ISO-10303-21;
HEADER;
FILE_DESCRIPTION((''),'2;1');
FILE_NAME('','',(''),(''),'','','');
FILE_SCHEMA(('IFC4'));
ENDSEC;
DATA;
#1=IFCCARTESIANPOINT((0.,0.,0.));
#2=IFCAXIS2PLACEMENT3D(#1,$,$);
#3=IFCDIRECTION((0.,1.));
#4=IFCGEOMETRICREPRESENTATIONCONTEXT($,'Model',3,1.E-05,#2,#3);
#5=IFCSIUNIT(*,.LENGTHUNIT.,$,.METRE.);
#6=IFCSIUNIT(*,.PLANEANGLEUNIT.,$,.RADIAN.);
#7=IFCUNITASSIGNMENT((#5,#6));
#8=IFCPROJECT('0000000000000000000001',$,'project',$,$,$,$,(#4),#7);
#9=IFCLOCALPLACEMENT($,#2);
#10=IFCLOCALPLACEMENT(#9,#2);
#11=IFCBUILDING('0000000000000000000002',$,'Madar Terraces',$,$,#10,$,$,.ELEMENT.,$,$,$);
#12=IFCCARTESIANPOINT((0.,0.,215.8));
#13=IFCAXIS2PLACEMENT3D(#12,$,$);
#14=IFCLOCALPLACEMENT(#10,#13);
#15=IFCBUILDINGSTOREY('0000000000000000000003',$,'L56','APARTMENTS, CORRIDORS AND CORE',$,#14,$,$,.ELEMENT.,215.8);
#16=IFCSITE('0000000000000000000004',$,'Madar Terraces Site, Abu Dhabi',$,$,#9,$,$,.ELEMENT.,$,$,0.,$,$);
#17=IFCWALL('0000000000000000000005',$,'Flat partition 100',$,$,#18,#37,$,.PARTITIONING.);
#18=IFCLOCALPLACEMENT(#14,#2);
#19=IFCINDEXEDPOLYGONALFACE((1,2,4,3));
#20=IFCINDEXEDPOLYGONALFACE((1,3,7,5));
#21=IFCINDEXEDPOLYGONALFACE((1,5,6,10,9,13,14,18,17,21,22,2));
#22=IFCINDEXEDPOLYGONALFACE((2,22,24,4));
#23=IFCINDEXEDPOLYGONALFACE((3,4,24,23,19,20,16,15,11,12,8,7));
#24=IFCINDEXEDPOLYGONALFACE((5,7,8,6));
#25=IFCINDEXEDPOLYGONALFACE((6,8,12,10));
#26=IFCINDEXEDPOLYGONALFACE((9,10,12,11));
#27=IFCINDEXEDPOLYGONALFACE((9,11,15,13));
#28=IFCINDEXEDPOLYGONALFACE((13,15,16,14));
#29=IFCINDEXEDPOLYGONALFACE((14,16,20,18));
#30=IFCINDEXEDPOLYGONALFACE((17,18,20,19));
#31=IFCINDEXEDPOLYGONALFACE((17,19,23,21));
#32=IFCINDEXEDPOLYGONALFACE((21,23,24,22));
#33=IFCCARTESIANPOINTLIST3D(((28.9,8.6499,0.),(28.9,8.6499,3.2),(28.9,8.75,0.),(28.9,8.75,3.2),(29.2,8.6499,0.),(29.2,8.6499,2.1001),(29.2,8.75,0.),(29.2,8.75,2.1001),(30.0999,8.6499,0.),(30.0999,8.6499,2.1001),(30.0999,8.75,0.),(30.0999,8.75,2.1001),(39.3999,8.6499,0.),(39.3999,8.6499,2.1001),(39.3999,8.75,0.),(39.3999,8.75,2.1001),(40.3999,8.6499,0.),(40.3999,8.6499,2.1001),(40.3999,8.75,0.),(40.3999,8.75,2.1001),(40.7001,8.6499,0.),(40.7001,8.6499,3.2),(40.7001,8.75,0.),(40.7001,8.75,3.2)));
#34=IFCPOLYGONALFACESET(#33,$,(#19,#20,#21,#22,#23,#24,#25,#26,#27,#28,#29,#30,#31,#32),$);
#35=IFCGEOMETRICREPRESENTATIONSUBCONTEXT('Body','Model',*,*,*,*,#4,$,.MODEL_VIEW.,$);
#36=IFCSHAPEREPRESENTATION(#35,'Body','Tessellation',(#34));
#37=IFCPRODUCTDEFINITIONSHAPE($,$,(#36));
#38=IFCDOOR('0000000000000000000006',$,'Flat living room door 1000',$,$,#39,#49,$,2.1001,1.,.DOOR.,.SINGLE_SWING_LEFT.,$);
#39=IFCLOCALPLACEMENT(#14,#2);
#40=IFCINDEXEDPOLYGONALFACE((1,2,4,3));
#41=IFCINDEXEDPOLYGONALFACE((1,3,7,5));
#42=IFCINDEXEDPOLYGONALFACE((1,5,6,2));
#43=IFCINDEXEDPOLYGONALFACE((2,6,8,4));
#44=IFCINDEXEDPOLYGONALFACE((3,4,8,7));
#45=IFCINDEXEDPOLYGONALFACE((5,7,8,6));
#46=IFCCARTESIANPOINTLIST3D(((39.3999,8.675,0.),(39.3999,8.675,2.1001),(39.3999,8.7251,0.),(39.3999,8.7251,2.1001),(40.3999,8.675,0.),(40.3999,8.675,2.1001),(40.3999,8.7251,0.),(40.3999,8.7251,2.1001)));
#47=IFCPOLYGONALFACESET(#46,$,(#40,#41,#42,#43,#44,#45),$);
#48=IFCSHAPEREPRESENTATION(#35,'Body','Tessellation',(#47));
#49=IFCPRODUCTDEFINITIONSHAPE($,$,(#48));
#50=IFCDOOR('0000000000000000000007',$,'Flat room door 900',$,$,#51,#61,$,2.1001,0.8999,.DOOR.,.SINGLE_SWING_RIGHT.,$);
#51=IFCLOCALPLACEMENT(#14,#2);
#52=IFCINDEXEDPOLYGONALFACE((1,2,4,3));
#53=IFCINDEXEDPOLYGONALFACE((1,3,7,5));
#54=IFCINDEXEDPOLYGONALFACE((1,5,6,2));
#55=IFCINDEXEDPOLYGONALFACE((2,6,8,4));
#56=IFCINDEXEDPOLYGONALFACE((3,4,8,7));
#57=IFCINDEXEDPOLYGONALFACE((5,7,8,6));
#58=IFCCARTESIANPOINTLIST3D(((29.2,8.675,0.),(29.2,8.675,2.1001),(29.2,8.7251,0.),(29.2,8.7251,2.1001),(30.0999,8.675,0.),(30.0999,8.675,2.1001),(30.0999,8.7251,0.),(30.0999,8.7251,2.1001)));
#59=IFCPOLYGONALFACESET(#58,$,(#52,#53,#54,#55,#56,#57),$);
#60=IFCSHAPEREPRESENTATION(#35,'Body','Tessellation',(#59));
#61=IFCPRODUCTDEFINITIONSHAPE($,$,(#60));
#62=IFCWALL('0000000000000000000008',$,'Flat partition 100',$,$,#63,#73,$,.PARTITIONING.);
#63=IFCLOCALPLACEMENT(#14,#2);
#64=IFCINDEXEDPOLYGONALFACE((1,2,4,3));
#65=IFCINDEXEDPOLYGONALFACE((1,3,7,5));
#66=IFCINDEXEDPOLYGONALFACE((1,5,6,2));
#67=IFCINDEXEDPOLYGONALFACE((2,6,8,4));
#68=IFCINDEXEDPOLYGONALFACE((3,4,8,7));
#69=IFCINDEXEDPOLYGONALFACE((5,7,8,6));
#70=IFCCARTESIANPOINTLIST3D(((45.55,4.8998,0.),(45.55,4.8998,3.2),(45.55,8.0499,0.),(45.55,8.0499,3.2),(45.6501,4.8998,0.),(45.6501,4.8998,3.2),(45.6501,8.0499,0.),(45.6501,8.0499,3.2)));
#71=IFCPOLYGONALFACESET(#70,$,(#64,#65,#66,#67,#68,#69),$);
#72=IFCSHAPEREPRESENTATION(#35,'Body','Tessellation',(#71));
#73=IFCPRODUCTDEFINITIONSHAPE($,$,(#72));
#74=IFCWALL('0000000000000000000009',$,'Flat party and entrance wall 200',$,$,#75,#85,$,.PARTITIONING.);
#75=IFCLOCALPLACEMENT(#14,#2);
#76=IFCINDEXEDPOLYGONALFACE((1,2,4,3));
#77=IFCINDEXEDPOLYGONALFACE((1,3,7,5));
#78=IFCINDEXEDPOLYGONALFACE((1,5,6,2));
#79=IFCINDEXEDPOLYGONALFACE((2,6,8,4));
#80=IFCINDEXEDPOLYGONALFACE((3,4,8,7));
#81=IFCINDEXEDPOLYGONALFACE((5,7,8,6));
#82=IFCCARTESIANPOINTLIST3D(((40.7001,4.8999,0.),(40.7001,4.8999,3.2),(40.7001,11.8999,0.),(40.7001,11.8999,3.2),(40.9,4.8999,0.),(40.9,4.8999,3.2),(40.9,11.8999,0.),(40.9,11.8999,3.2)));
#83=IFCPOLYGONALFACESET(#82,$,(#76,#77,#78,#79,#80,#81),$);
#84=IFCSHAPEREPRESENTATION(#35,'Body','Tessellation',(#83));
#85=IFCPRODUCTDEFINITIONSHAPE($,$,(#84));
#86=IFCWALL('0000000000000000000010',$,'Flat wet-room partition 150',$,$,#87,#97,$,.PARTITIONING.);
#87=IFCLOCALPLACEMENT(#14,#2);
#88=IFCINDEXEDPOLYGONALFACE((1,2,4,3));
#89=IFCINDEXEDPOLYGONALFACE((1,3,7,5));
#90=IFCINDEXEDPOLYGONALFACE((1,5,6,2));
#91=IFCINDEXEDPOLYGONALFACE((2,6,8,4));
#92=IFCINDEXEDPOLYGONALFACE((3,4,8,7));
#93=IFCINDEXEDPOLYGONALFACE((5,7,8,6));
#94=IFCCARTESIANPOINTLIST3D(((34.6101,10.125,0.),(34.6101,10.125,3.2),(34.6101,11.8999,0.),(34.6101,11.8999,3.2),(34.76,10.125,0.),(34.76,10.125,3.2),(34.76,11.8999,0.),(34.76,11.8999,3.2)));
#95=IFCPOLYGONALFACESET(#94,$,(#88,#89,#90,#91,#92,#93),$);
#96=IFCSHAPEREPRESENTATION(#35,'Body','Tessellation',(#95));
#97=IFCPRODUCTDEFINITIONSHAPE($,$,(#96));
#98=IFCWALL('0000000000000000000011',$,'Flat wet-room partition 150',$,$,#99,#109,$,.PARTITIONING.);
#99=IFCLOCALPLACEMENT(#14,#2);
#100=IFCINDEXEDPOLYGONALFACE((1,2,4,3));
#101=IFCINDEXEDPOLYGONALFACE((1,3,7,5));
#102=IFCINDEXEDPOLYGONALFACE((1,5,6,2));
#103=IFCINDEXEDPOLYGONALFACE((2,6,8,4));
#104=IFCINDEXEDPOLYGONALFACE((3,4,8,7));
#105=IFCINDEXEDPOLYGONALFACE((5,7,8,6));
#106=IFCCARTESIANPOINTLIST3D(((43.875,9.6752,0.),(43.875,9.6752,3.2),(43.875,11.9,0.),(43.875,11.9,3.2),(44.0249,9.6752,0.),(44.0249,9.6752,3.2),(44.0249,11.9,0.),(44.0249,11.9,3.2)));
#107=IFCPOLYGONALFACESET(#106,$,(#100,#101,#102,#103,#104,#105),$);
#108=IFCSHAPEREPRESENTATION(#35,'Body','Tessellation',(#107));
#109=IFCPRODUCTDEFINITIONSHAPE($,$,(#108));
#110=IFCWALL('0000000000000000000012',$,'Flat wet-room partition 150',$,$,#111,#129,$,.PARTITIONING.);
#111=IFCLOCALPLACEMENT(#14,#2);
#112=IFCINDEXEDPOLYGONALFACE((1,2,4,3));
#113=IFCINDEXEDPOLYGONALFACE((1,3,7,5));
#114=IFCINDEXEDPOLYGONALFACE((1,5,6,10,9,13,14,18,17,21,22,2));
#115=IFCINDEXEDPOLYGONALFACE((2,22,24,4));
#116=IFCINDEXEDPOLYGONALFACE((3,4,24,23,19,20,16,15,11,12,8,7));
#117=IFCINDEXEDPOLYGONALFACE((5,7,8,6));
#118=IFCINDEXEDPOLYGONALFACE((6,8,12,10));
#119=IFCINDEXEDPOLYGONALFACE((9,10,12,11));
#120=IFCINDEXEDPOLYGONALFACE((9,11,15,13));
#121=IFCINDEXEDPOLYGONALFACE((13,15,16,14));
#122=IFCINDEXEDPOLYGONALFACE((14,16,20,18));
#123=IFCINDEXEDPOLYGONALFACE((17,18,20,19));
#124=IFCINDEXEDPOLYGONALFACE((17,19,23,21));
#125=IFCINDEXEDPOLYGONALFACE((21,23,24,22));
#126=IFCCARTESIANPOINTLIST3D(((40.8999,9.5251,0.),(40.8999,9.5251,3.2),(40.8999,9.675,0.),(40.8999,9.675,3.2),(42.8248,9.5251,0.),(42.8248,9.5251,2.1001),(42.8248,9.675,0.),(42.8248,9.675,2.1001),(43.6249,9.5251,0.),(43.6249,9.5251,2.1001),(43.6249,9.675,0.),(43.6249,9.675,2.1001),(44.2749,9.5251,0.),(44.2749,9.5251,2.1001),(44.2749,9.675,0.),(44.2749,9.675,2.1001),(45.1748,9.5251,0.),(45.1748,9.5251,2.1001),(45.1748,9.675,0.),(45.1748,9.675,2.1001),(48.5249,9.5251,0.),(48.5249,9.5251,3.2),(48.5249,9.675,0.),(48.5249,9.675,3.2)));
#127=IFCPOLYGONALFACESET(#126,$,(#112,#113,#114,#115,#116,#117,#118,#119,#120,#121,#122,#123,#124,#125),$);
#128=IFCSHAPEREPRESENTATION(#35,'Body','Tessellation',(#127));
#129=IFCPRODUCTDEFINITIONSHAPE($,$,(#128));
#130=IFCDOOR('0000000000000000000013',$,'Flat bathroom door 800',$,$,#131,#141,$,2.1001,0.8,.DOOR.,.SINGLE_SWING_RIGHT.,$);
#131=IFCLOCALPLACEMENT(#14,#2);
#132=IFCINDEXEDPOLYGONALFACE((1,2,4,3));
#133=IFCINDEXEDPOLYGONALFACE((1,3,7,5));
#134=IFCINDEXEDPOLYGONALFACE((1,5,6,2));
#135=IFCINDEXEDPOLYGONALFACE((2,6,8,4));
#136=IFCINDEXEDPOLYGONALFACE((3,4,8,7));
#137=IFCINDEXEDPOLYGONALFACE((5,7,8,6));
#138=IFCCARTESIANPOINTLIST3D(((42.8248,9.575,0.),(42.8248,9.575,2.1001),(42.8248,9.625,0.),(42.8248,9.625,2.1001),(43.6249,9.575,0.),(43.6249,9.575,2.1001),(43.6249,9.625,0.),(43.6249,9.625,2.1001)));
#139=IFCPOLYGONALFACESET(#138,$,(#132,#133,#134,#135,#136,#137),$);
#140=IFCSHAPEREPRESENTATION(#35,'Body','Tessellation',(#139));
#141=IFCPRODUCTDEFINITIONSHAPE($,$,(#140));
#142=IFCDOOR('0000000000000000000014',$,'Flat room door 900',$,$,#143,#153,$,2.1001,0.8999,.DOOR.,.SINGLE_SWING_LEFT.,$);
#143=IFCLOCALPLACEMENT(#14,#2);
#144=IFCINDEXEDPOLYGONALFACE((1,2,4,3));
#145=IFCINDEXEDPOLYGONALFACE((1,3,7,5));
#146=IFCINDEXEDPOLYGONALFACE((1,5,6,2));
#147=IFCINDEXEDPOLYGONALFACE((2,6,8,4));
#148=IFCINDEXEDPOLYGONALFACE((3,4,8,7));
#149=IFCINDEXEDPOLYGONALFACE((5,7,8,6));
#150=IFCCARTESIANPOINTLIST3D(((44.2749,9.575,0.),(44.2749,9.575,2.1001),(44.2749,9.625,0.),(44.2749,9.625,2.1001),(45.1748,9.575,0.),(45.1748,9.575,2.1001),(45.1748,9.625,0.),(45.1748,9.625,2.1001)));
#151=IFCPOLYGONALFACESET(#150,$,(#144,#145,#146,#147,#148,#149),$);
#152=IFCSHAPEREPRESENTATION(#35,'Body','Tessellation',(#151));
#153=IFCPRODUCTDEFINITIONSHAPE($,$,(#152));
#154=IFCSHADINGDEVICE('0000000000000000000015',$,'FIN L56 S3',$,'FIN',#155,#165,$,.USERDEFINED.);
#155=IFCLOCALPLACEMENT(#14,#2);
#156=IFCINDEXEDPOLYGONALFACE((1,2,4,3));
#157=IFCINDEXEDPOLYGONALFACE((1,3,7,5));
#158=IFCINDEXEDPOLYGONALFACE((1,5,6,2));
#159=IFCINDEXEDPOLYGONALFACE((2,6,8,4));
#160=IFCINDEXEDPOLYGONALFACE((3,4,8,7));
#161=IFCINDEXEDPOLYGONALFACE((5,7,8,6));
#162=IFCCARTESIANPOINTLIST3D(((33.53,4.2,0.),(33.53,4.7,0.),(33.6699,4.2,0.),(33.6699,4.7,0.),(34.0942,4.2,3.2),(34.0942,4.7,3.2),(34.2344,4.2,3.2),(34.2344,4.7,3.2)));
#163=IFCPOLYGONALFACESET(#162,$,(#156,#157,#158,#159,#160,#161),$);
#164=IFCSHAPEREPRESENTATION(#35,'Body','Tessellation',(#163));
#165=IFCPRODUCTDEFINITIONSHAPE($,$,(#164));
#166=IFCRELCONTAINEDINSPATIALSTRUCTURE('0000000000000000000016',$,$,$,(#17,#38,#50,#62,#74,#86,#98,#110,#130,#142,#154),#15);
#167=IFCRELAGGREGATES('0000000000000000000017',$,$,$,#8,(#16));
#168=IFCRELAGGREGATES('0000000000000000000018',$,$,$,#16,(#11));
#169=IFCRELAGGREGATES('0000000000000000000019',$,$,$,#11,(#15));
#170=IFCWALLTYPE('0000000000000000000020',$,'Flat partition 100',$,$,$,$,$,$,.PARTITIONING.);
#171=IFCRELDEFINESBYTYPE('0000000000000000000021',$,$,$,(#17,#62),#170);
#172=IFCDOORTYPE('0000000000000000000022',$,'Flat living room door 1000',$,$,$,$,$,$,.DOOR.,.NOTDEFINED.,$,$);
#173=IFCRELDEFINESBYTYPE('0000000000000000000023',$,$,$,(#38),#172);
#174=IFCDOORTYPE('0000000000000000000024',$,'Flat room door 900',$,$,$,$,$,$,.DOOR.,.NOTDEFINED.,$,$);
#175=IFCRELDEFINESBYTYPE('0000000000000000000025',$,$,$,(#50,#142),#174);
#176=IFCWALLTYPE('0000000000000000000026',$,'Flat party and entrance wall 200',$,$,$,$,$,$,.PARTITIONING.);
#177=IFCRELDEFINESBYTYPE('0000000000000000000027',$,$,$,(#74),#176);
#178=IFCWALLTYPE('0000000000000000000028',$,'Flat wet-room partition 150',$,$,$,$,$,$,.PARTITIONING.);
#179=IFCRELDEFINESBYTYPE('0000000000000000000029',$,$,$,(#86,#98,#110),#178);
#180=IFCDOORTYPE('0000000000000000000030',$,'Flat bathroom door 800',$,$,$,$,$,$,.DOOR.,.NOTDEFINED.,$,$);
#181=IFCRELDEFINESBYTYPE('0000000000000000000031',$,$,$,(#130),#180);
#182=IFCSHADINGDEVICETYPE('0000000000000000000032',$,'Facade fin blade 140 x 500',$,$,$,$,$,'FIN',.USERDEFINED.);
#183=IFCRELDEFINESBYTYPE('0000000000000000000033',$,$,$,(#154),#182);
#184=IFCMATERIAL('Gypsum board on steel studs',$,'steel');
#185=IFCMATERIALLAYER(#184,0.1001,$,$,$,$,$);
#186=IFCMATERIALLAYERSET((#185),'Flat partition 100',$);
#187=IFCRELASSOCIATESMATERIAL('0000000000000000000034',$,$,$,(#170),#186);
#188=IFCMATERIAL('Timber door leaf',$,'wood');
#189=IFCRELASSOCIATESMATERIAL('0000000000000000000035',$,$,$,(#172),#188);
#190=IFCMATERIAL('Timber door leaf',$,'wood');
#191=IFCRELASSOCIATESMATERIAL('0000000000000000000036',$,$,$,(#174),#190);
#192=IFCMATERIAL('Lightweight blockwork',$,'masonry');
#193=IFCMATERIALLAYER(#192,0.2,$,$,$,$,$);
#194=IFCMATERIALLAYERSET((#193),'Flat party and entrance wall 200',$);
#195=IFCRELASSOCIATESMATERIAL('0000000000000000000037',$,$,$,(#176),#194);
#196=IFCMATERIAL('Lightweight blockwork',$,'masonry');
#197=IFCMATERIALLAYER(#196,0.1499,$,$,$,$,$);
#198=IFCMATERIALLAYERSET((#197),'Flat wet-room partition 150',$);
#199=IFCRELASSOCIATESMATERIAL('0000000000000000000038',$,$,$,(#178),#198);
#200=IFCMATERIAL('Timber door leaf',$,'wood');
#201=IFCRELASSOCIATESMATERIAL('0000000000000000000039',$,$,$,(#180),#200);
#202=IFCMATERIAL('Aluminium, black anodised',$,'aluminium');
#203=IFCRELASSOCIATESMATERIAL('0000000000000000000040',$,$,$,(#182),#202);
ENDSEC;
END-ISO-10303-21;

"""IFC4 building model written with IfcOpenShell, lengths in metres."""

from ifc_helpers import new_model, si_unit, direction, frame, frame_2d, origin, place, context, subcontext, project, spatial, polyline, rectangle, outline, extrude, material, layer, layer_set, type_object, element, fill, save


model = new_model("IFC4")

# Units and contexts
model_context = context("Model", 3, precision=1e-05, world=origin(), true_north=direction((0.0, 1.0)))
body_context = subcontext(model_context, "Body", "Model", "MODEL_VIEW")
ifc_project = project(units=[si_unit("LENGTHUNIT", "METRE"), si_unit("PLANEANGLEUNIT", "RADIAN")], contexts=[model_context])

# Site, building, storey
site_placement = place(None, origin())
site = spatial("IfcSite", under=ifc_project, at=site_placement, Name="Madar Terraces Site, Abu Dhabi", CompositionType="ELEMENT", RefElevation=0.0)
building_placement = place(site_placement, origin())
building = spatial("IfcBuilding", under=site, at=building_placement, Name="Madar Terraces", CompositionType="ELEMENT")
storey_placement = place(building_placement, frame((0.0, 0.0, 215.8)))
storey = spatial("IfcBuildingStorey", under=building, at=storey_placement, Name="L56", Description="APARTMENTS, CORRIDORS AND CORE", CompositionType="ELEMENT", Elevation=215.8)

# Shared definitions
ifc_material_1 = material(Name="Gypsum board on steel studs", Category="steel")
ifc_layer_1 = layer(ifc_material_1, 0.1001)
ifc_layer_set_1 = layer_set([ifc_layer_1], Name="Flat partition 100")
wall_type_1 = type_object("IfcWallType", Name="Flat partition 100", PredefinedType="PARTITIONING", material=ifc_layer_set_1)

# Wall, openings, doors
wall_1_placement = place(storey_placement, frame((40.7, 8.7, 0.0), z_axis=(0.0, 0.0, 1.0), x_axis=(-1.0, 0.0, 0.0)))
wall_1 = element("IfcWall", 1, at=wall_1_placement, inside=storey, type_object=wall_type_1, Name="Flat partition 100", PredefinedType="PARTITIONING", context=body_context, shape_type="SweptSolid", body=[
    extrude(rectangle(XDim=11.8, YDim=0.1001, at=frame_2d((5.8999, 0.0))), origin(), (0.0, 0.0, 1.0), 3.2),
])
opening_1_placement = place(wall_1_placement, frame((10.6001, 0.0, 0.0)))
opening_1 = element("IfcOpeningElement", 2, at=opening_1_placement, cuts=wall_1, PredefinedType="OPENING", context=body_context, shape_type="SweptSolid", body=[
    extrude(rectangle(XDim=0.8999, YDim=2.1001, at=frame_2d((0.45, 1.05))), frame((0.0, 0.0601, 0.0), z_axis=(0.0, -1.0, 0.0), x_axis=(1.0, 0.0, 0.0)), (0.0, 0.0, 1.0), 0.1201),
])
opening_2_placement = place(wall_1_placement, frame((0.3, 0.0, 0.0)))
opening_2 = element("IfcOpeningElement", 3, at=opening_2_placement, cuts=wall_1, PredefinedType="OPENING", context=body_context, shape_type="SweptSolid", body=[
    extrude(rectangle(XDim=1.0, YDim=2.1001, at=frame_2d((0.5, 1.05))), frame((0.0, 0.0601, 0.0), z_axis=(0.0, -1.0, 0.0), x_axis=(1.0, 0.0, 0.0)), (0.0, 0.0, 1.0), 0.1201),
])
ifc_material_2 = material(Name="Timber door leaf", Category="wood")
door_type_1 = type_object("IfcDoorType", Name="Flat living room door 1000", OperationType="NOTDEFINED", PredefinedType="DOOR", material=ifc_material_2)
door_1_placement = place(opening_2_placement, origin())
door_1 = element("IfcDoor", 4, at=door_1_placement, inside=storey, type_object=door_type_1, Name="Flat living room door 1000", OperationType="SINGLE_SWING_LEFT", OverallHeight=2.1001, OverallWidth=1.0, PredefinedType="DOOR", context=body_context, shape_type="SweptSolid", body=[
    extrude(rectangle(XDim=1.0, YDim=2.1001, at=frame_2d((0.5, 1.05))), frame((0.0, 0.0249, 0.0), z_axis=(0.0, -1.0, 0.0), x_axis=(1.0, 0.0, 0.0)), (0.0, 0.0, 1.0), 0.05),
])
fill(opening_2, door_1)
ifc_material_3 = material(Name="Timber door leaf", Category="wood")
door_type_2 = type_object("IfcDoorType", Name="Flat room door 900", OperationType="NOTDEFINED", PredefinedType="DOOR", material=ifc_material_3)
door_2_placement = place(opening_1_placement, origin())
door_2 = element("IfcDoor", 5, at=door_2_placement, inside=storey, type_object=door_type_2, Name="Flat room door 900", OperationType="SINGLE_SWING_RIGHT", OverallHeight=2.1001, OverallWidth=0.8999, PredefinedType="DOOR", context=body_context, shape_type="SweptSolid", body=[
    extrude(rectangle(XDim=0.8999, YDim=2.1001, at=frame_2d((0.45, 1.05))), frame((0.0, 0.0249, 0.0), z_axis=(0.0, -1.0, 0.0), x_axis=(1.0, 0.0, 0.0)), (0.0, 0.0, 1.0), 0.05),
])
fill(opening_1, door_2)

# Walls
wall_2_placement = place(storey_placement, frame((45.6001, 8.05, 0.0), z_axis=(0.0, 0.0, 1.0), x_axis=(0.0, -1.0, 0.0)))
element("IfcWall", 6, at=wall_2_placement, inside=storey, type_object=wall_type_1, Name="Flat partition 100", PredefinedType="PARTITIONING", context=body_context, shape_type="SweptSolid", body=[
    extrude(rectangle(XDim=3.1501, YDim=0.1001, at=frame_2d((1.5752, 0.0))), origin(), (0.0, 0.0, 1.0), 3.2),
])
ifc_material_4 = material(Name="Lightweight blockwork", Category="masonry")
ifc_layer_2 = layer(ifc_material_4, 0.2)
ifc_layer_set_2 = layer_set([ifc_layer_2], Name="Flat party and entrance wall 200")
wall_type_2 = type_object("IfcWallType", Name="Flat party and entrance wall 200", PredefinedType="PARTITIONING", material=ifc_layer_set_2)
wall_3_placement = place(storey_placement, frame((40.8, 11.8999, 0.0), z_axis=(0.0, 0.0, 1.0), x_axis=(0.0, -1.0, 0.0)))
element("IfcWall", 7, at=wall_3_placement, inside=storey, type_object=wall_type_2, Name="Flat party and entrance wall 200", PredefinedType="PARTITIONING", context=body_context, shape_type="SweptSolid", body=[
    extrude(rectangle(XDim=7.0, YDim=0.2, at=frame_2d((3.5, 0.0))), origin(), (0.0, 0.0, 1.0), 3.2),
])
ifc_material_5 = material(Name="Lightweight blockwork", Category="masonry")
ifc_layer_3 = layer(ifc_material_5, 0.1499)
ifc_layer_set_3 = layer_set([ifc_layer_3], Name="Flat wet-room partition 150")
wall_type_3 = type_object("IfcWallType", Name="Flat wet-room partition 150", PredefinedType="PARTITIONING", material=ifc_layer_set_3)
wall_4_placement = place(storey_placement, frame((34.6851, 11.8999, 0.0), z_axis=(0.0, 0.0, 1.0), x_axis=(0.0, -1.0, 0.0)))
element("IfcWall", 8, at=wall_4_placement, inside=storey, type_object=wall_type_3, Name="Flat wet-room partition 150", PredefinedType="PARTITIONING", context=body_context, shape_type="SweptSolid", body=[
    extrude(rectangle(XDim=1.7749, YDim=0.1499, at=frame_2d((0.8875, 0.0))), origin(), (0.0, 0.0, 1.0), 3.2),
])
wall_5_placement = place(storey_placement, frame((43.95, 11.8999, 0.0), z_axis=(0.0, 0.0, 1.0), x_axis=(0.0, -1.0, 0.0)))
element("IfcWall", 9, at=wall_5_placement, inside=storey, type_object=wall_type_3, Name="Flat wet-room partition 150", PredefinedType="PARTITIONING", context=body_context, shape_type="SweptSolid", body=[
    extrude(rectangle(XDim=2.2249, YDim=0.1499, at=frame_2d((1.1123, 0.0))), origin(), (0.0, 0.0, 1.0), 3.2),
])

# Wall, openings, doors
wall_6_placement = place(storey_placement, frame((40.8999, 9.6001, 0.0), z_axis=(0.0, 0.0, 1.0), x_axis=(1.0, 0.0, 0.0)))
wall_6 = element("IfcWall", 10, at=wall_6_placement, inside=storey, type_object=wall_type_3, Name="Flat wet-room partition 150", PredefinedType="PARTITIONING", context=body_context, shape_type="SweptSolid", body=[
    extrude(rectangle(XDim=7.625, YDim=0.1499, at=frame_2d((3.8125, 0.0))), origin(), (0.0, 0.0, 1.0), 3.2),
])
opening_3_placement = place(wall_6_placement, frame((3.375, 0.0, 0.0)))
opening_3 = element("IfcOpeningElement", 11, at=opening_3_placement, cuts=wall_6, PredefinedType="OPENING", context=body_context, shape_type="SweptSolid", body=[
    extrude(rectangle(XDim=0.8999, YDim=2.1001, at=frame_2d((0.45, 1.05))), frame((0.0, 0.085, 0.0), z_axis=(0.0, -1.0, 0.0), x_axis=(1.0, 0.0, 0.0)), (0.0, 0.0, 1.0), 0.1699),
])
opening_4_placement = place(wall_6_placement, frame((1.925, 0.0, 0.0)))
opening_4 = element("IfcOpeningElement", 12, at=opening_4_placement, cuts=wall_6, PredefinedType="OPENING", context=body_context, shape_type="SweptSolid", body=[
    extrude(rectangle(XDim=0.8, YDim=2.1001, at=frame_2d((0.3999, 1.05))), frame((0.0, 0.085, 0.0), z_axis=(0.0, -1.0, 0.0), x_axis=(1.0, 0.0, 0.0)), (0.0, 0.0, 1.0), 0.1699),
])
ifc_material_6 = material(Name="Timber door leaf", Category="wood")
door_type_3 = type_object("IfcDoorType", Name="Flat bathroom door 800", OperationType="NOTDEFINED", PredefinedType="DOOR", material=ifc_material_6)
door_3_placement = place(opening_4_placement, origin())
door_3 = element("IfcDoor", 13, at=door_3_placement, inside=storey, type_object=door_type_3, Name="Flat bathroom door 800", OperationType="SINGLE_SWING_RIGHT", OverallHeight=2.1001, OverallWidth=0.8, PredefinedType="DOOR", context=body_context, shape_type="SweptSolid", body=[
    extrude(rectangle(XDim=0.8, YDim=2.1001, at=frame_2d((0.3999, 1.05))), frame((0.0, 0.0249, 0.0), z_axis=(0.0, -1.0, 0.0), x_axis=(1.0, 0.0, 0.0)), (0.0, 0.0, 1.0), 0.05),
])
fill(opening_4, door_3)
door_4_placement = place(opening_3_placement, origin())
door_4 = element("IfcDoor", 14, at=door_4_placement, inside=storey, type_object=door_type_2, Name="Flat room door 900", OperationType="SINGLE_SWING_LEFT", OverallHeight=2.1001, OverallWidth=0.8999, PredefinedType="DOOR", context=body_context, shape_type="SweptSolid", body=[
    extrude(rectangle(XDim=0.8999, YDim=2.1001, at=frame_2d((0.45, 1.05))), frame((0.0, 0.0249, 0.0), z_axis=(0.0, -1.0, 0.0), x_axis=(1.0, 0.0, 0.0)), (0.0, 0.0, 1.0), 0.05),
])
fill(opening_3, door_4)

# Shading device
ifc_material_7 = material(Name="Aluminium, black anodised", Category="aluminium")
shading_device_type = type_object("IfcShadingDeviceType", Name="Facade fin blade 140 x 500", ElementType="FIN", PredefinedType="USERDEFINED", material=ifc_material_7)
shading_device_1_placement = place(storey_placement, frame((33.53, 4.45, 0.0), z_axis=(0.0, 0.0, 1.0), x_axis=(1.0, 0.0, 0.0)))
element("IfcShadingDevice", 15, at=shading_device_1_placement, inside=storey, type_object=shading_device_type, Name="FIN L56 S3", ObjectType="FIN", PredefinedType="USERDEFINED", context=body_context, shape_type="SweptSolid", body=[
    extrude(outline(polyline([(0.0, 0.0), (0.1399, 0.0), (0.7043, 3.2), (0.5642, 3.2), (0.0, 0.0)])), frame((0.0, 0.25, 0.0), z_axis=(0.0, -1.0, 0.0), x_axis=(1.0, 0.0, 0.0)), (0.0, 0.0, 1.0), 0.5),
])

save(model, "model.ifc")
